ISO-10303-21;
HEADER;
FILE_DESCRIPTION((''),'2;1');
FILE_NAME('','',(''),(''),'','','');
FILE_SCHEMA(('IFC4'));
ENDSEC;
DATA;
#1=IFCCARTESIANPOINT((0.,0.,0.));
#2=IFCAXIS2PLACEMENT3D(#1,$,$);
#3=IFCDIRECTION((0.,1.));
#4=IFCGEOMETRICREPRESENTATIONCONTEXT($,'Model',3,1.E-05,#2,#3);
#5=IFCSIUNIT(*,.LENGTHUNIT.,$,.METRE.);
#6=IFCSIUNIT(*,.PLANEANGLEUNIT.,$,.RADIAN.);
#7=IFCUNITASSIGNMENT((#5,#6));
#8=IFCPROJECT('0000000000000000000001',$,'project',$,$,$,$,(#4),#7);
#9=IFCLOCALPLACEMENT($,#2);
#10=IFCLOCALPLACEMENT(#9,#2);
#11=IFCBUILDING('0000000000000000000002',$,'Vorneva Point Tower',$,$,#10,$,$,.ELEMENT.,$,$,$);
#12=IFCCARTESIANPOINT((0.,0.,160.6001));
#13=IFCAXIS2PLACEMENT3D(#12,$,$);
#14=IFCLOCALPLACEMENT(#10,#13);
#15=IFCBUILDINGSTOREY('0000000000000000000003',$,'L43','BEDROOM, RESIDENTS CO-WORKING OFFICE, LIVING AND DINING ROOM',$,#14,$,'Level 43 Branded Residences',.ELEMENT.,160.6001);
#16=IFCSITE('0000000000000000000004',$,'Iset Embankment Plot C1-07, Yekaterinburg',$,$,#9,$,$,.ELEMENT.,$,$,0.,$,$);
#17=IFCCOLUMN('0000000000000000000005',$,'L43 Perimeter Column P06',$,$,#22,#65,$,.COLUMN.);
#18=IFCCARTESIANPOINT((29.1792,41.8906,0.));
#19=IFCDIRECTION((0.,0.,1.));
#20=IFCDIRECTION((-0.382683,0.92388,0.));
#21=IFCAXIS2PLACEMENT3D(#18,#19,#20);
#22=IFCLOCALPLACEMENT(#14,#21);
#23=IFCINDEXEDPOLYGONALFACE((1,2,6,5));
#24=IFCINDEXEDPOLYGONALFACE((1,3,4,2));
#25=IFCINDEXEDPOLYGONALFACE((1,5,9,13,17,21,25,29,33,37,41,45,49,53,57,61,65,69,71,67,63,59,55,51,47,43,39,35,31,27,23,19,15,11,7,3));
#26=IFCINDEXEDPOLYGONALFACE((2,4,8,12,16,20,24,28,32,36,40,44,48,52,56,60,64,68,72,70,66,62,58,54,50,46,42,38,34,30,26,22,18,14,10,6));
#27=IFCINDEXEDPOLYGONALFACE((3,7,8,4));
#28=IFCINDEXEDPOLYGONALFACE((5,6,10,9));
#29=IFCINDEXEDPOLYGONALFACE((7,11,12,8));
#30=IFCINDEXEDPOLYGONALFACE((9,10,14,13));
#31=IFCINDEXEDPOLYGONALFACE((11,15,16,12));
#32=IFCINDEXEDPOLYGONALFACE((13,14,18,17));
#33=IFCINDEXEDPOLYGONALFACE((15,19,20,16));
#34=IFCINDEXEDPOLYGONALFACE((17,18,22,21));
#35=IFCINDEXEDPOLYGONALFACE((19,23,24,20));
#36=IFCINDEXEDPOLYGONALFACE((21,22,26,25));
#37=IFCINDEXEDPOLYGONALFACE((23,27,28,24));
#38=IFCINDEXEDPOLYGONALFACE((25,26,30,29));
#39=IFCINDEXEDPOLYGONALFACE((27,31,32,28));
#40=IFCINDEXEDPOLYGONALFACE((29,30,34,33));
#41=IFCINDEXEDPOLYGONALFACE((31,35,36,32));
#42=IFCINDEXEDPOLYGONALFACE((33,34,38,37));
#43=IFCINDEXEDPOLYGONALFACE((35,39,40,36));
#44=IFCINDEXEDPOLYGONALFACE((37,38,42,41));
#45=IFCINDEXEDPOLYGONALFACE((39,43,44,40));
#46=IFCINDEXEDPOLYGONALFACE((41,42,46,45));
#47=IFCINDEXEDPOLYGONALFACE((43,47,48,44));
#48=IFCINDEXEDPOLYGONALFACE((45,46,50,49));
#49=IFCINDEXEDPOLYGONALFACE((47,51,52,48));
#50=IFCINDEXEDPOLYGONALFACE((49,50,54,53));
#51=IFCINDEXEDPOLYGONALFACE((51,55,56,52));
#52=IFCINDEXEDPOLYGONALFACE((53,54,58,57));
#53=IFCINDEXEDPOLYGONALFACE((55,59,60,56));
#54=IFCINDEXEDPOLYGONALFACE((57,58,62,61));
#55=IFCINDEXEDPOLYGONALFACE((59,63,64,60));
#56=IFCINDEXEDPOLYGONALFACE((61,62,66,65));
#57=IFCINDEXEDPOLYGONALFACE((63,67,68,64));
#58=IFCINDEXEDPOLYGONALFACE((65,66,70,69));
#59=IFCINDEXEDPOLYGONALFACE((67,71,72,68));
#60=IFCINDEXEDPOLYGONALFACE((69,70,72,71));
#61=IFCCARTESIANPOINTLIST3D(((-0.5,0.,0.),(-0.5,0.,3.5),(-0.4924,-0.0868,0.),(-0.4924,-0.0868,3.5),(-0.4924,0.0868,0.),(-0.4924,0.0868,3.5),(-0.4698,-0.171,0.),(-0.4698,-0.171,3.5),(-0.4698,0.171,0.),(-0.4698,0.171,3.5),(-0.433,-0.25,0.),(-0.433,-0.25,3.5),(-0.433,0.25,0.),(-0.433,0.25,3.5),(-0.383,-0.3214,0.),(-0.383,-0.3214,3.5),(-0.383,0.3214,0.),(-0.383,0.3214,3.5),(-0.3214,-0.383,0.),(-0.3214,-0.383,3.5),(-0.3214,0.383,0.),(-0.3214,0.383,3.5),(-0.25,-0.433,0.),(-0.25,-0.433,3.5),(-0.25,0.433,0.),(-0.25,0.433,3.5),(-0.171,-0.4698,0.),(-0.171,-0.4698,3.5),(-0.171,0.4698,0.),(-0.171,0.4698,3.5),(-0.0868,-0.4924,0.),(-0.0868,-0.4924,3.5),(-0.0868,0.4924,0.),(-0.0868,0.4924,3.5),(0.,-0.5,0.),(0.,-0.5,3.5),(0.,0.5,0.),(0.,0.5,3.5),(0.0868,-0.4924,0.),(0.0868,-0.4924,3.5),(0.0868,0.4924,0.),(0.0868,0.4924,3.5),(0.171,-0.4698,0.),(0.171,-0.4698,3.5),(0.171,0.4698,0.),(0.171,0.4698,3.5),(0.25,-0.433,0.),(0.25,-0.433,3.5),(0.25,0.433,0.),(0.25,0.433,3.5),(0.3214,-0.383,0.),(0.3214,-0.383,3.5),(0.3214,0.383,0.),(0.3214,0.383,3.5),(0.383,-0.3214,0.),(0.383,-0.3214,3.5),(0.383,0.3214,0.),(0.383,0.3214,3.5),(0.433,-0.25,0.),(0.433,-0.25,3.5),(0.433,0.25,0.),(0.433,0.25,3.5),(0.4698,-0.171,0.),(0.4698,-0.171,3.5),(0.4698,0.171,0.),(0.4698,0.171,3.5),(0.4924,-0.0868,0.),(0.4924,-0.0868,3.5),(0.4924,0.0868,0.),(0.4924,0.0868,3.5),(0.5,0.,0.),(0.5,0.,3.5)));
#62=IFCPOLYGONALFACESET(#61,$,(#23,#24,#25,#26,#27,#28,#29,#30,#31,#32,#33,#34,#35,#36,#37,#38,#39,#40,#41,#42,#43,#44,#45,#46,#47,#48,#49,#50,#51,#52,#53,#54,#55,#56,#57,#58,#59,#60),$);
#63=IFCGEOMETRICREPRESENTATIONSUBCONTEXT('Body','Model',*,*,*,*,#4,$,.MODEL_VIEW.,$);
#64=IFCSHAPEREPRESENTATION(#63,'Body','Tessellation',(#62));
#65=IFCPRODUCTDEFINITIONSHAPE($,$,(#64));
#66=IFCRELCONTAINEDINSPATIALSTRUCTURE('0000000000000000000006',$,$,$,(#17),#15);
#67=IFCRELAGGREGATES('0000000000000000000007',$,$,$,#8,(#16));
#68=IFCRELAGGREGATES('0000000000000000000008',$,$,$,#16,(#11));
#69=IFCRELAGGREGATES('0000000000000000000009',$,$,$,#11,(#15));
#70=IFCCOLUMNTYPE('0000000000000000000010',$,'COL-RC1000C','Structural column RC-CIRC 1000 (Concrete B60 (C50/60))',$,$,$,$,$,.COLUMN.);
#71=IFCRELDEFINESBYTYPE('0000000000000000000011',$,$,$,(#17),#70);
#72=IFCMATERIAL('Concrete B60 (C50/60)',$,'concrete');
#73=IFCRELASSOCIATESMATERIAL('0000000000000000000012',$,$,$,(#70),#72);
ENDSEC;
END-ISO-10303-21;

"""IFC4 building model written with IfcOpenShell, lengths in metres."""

from ifc_helpers import new_model, si_unit, direction, frame, origin, origin_2d, place, context, subcontext, project, spatial, circle, extrude, material, material_profile, profile_set, type_object, element, save


model = new_model("IFC4")

# Units and contexts
model_context = context("Model", 3, precision=1e-05, world=origin(), true_north=direction((0.0, 1.0)))
body_context = subcontext(model_context, "Body", "Model", "MODEL_VIEW")
ifc_project = project(units=[si_unit("LENGTHUNIT", "METRE"), si_unit("PLANEANGLEUNIT", "RADIAN")], contexts=[model_context])

# Site, building, storey
site_placement = place(None, origin())
site = spatial("IfcSite", under=ifc_project, at=site_placement, Name="Iset Embankment Plot C1-07, Yekaterinburg", CompositionType="ELEMENT", RefElevation=0.0)
building_placement = place(site_placement, origin())
building = spatial("IfcBuilding", under=site, at=building_placement, Name="Vorneva Point Tower", CompositionType="ELEMENT")
storey_placement = place(building_placement, frame((0.0, 0.0, 160.6001)))
storey = spatial("IfcBuildingStorey", under=building, at=storey_placement, Name="L43", Description="BEDROOM, RESIDENTS CO-WORKING OFFICE, LIVING AND DINING ROOM", LongName="Level 43 Branded Residences", CompositionType="ELEMENT", Elevation=160.6001)

# Column
ifc_material_1 = material(Name="Concrete B60 (C50/60)", Category="concrete")
ifc_material_profile_1 = material_profile(ifc_material_1, circle(Radius=0.5, at=origin_2d()), Name="RC-CIRC 1000")
ifc_profile_set_1 = profile_set([ifc_material_profile_1], Name="Concrete B60 (C50/60)")
column_type = type_object("IfcColumnType", Name="COL-RC1000C", Description="Structural column RC-CIRC 1000 (Concrete B60 (C50/60))", PredefinedType="COLUMN", material=ifc_profile_set_1)
column_placement = place(storey_placement, frame((29.1792, 41.8906, 0.0), z_axis=(0.0, 0.0, 1.0), x_axis=(-0.382683, 0.92388, 0.0)))
element("IfcColumn", 1, at=column_placement, inside=storey, type_object=column_type, Name="L43 Perimeter Column P06", PredefinedType="COLUMN", context=body_context, shape_type="SweptSolid", body=[
    extrude(circle(Radius=0.5, at=origin_2d()), origin(), (0.0, 0.0, 1.0), 3.5),
])

save(model, "model.ifc")
